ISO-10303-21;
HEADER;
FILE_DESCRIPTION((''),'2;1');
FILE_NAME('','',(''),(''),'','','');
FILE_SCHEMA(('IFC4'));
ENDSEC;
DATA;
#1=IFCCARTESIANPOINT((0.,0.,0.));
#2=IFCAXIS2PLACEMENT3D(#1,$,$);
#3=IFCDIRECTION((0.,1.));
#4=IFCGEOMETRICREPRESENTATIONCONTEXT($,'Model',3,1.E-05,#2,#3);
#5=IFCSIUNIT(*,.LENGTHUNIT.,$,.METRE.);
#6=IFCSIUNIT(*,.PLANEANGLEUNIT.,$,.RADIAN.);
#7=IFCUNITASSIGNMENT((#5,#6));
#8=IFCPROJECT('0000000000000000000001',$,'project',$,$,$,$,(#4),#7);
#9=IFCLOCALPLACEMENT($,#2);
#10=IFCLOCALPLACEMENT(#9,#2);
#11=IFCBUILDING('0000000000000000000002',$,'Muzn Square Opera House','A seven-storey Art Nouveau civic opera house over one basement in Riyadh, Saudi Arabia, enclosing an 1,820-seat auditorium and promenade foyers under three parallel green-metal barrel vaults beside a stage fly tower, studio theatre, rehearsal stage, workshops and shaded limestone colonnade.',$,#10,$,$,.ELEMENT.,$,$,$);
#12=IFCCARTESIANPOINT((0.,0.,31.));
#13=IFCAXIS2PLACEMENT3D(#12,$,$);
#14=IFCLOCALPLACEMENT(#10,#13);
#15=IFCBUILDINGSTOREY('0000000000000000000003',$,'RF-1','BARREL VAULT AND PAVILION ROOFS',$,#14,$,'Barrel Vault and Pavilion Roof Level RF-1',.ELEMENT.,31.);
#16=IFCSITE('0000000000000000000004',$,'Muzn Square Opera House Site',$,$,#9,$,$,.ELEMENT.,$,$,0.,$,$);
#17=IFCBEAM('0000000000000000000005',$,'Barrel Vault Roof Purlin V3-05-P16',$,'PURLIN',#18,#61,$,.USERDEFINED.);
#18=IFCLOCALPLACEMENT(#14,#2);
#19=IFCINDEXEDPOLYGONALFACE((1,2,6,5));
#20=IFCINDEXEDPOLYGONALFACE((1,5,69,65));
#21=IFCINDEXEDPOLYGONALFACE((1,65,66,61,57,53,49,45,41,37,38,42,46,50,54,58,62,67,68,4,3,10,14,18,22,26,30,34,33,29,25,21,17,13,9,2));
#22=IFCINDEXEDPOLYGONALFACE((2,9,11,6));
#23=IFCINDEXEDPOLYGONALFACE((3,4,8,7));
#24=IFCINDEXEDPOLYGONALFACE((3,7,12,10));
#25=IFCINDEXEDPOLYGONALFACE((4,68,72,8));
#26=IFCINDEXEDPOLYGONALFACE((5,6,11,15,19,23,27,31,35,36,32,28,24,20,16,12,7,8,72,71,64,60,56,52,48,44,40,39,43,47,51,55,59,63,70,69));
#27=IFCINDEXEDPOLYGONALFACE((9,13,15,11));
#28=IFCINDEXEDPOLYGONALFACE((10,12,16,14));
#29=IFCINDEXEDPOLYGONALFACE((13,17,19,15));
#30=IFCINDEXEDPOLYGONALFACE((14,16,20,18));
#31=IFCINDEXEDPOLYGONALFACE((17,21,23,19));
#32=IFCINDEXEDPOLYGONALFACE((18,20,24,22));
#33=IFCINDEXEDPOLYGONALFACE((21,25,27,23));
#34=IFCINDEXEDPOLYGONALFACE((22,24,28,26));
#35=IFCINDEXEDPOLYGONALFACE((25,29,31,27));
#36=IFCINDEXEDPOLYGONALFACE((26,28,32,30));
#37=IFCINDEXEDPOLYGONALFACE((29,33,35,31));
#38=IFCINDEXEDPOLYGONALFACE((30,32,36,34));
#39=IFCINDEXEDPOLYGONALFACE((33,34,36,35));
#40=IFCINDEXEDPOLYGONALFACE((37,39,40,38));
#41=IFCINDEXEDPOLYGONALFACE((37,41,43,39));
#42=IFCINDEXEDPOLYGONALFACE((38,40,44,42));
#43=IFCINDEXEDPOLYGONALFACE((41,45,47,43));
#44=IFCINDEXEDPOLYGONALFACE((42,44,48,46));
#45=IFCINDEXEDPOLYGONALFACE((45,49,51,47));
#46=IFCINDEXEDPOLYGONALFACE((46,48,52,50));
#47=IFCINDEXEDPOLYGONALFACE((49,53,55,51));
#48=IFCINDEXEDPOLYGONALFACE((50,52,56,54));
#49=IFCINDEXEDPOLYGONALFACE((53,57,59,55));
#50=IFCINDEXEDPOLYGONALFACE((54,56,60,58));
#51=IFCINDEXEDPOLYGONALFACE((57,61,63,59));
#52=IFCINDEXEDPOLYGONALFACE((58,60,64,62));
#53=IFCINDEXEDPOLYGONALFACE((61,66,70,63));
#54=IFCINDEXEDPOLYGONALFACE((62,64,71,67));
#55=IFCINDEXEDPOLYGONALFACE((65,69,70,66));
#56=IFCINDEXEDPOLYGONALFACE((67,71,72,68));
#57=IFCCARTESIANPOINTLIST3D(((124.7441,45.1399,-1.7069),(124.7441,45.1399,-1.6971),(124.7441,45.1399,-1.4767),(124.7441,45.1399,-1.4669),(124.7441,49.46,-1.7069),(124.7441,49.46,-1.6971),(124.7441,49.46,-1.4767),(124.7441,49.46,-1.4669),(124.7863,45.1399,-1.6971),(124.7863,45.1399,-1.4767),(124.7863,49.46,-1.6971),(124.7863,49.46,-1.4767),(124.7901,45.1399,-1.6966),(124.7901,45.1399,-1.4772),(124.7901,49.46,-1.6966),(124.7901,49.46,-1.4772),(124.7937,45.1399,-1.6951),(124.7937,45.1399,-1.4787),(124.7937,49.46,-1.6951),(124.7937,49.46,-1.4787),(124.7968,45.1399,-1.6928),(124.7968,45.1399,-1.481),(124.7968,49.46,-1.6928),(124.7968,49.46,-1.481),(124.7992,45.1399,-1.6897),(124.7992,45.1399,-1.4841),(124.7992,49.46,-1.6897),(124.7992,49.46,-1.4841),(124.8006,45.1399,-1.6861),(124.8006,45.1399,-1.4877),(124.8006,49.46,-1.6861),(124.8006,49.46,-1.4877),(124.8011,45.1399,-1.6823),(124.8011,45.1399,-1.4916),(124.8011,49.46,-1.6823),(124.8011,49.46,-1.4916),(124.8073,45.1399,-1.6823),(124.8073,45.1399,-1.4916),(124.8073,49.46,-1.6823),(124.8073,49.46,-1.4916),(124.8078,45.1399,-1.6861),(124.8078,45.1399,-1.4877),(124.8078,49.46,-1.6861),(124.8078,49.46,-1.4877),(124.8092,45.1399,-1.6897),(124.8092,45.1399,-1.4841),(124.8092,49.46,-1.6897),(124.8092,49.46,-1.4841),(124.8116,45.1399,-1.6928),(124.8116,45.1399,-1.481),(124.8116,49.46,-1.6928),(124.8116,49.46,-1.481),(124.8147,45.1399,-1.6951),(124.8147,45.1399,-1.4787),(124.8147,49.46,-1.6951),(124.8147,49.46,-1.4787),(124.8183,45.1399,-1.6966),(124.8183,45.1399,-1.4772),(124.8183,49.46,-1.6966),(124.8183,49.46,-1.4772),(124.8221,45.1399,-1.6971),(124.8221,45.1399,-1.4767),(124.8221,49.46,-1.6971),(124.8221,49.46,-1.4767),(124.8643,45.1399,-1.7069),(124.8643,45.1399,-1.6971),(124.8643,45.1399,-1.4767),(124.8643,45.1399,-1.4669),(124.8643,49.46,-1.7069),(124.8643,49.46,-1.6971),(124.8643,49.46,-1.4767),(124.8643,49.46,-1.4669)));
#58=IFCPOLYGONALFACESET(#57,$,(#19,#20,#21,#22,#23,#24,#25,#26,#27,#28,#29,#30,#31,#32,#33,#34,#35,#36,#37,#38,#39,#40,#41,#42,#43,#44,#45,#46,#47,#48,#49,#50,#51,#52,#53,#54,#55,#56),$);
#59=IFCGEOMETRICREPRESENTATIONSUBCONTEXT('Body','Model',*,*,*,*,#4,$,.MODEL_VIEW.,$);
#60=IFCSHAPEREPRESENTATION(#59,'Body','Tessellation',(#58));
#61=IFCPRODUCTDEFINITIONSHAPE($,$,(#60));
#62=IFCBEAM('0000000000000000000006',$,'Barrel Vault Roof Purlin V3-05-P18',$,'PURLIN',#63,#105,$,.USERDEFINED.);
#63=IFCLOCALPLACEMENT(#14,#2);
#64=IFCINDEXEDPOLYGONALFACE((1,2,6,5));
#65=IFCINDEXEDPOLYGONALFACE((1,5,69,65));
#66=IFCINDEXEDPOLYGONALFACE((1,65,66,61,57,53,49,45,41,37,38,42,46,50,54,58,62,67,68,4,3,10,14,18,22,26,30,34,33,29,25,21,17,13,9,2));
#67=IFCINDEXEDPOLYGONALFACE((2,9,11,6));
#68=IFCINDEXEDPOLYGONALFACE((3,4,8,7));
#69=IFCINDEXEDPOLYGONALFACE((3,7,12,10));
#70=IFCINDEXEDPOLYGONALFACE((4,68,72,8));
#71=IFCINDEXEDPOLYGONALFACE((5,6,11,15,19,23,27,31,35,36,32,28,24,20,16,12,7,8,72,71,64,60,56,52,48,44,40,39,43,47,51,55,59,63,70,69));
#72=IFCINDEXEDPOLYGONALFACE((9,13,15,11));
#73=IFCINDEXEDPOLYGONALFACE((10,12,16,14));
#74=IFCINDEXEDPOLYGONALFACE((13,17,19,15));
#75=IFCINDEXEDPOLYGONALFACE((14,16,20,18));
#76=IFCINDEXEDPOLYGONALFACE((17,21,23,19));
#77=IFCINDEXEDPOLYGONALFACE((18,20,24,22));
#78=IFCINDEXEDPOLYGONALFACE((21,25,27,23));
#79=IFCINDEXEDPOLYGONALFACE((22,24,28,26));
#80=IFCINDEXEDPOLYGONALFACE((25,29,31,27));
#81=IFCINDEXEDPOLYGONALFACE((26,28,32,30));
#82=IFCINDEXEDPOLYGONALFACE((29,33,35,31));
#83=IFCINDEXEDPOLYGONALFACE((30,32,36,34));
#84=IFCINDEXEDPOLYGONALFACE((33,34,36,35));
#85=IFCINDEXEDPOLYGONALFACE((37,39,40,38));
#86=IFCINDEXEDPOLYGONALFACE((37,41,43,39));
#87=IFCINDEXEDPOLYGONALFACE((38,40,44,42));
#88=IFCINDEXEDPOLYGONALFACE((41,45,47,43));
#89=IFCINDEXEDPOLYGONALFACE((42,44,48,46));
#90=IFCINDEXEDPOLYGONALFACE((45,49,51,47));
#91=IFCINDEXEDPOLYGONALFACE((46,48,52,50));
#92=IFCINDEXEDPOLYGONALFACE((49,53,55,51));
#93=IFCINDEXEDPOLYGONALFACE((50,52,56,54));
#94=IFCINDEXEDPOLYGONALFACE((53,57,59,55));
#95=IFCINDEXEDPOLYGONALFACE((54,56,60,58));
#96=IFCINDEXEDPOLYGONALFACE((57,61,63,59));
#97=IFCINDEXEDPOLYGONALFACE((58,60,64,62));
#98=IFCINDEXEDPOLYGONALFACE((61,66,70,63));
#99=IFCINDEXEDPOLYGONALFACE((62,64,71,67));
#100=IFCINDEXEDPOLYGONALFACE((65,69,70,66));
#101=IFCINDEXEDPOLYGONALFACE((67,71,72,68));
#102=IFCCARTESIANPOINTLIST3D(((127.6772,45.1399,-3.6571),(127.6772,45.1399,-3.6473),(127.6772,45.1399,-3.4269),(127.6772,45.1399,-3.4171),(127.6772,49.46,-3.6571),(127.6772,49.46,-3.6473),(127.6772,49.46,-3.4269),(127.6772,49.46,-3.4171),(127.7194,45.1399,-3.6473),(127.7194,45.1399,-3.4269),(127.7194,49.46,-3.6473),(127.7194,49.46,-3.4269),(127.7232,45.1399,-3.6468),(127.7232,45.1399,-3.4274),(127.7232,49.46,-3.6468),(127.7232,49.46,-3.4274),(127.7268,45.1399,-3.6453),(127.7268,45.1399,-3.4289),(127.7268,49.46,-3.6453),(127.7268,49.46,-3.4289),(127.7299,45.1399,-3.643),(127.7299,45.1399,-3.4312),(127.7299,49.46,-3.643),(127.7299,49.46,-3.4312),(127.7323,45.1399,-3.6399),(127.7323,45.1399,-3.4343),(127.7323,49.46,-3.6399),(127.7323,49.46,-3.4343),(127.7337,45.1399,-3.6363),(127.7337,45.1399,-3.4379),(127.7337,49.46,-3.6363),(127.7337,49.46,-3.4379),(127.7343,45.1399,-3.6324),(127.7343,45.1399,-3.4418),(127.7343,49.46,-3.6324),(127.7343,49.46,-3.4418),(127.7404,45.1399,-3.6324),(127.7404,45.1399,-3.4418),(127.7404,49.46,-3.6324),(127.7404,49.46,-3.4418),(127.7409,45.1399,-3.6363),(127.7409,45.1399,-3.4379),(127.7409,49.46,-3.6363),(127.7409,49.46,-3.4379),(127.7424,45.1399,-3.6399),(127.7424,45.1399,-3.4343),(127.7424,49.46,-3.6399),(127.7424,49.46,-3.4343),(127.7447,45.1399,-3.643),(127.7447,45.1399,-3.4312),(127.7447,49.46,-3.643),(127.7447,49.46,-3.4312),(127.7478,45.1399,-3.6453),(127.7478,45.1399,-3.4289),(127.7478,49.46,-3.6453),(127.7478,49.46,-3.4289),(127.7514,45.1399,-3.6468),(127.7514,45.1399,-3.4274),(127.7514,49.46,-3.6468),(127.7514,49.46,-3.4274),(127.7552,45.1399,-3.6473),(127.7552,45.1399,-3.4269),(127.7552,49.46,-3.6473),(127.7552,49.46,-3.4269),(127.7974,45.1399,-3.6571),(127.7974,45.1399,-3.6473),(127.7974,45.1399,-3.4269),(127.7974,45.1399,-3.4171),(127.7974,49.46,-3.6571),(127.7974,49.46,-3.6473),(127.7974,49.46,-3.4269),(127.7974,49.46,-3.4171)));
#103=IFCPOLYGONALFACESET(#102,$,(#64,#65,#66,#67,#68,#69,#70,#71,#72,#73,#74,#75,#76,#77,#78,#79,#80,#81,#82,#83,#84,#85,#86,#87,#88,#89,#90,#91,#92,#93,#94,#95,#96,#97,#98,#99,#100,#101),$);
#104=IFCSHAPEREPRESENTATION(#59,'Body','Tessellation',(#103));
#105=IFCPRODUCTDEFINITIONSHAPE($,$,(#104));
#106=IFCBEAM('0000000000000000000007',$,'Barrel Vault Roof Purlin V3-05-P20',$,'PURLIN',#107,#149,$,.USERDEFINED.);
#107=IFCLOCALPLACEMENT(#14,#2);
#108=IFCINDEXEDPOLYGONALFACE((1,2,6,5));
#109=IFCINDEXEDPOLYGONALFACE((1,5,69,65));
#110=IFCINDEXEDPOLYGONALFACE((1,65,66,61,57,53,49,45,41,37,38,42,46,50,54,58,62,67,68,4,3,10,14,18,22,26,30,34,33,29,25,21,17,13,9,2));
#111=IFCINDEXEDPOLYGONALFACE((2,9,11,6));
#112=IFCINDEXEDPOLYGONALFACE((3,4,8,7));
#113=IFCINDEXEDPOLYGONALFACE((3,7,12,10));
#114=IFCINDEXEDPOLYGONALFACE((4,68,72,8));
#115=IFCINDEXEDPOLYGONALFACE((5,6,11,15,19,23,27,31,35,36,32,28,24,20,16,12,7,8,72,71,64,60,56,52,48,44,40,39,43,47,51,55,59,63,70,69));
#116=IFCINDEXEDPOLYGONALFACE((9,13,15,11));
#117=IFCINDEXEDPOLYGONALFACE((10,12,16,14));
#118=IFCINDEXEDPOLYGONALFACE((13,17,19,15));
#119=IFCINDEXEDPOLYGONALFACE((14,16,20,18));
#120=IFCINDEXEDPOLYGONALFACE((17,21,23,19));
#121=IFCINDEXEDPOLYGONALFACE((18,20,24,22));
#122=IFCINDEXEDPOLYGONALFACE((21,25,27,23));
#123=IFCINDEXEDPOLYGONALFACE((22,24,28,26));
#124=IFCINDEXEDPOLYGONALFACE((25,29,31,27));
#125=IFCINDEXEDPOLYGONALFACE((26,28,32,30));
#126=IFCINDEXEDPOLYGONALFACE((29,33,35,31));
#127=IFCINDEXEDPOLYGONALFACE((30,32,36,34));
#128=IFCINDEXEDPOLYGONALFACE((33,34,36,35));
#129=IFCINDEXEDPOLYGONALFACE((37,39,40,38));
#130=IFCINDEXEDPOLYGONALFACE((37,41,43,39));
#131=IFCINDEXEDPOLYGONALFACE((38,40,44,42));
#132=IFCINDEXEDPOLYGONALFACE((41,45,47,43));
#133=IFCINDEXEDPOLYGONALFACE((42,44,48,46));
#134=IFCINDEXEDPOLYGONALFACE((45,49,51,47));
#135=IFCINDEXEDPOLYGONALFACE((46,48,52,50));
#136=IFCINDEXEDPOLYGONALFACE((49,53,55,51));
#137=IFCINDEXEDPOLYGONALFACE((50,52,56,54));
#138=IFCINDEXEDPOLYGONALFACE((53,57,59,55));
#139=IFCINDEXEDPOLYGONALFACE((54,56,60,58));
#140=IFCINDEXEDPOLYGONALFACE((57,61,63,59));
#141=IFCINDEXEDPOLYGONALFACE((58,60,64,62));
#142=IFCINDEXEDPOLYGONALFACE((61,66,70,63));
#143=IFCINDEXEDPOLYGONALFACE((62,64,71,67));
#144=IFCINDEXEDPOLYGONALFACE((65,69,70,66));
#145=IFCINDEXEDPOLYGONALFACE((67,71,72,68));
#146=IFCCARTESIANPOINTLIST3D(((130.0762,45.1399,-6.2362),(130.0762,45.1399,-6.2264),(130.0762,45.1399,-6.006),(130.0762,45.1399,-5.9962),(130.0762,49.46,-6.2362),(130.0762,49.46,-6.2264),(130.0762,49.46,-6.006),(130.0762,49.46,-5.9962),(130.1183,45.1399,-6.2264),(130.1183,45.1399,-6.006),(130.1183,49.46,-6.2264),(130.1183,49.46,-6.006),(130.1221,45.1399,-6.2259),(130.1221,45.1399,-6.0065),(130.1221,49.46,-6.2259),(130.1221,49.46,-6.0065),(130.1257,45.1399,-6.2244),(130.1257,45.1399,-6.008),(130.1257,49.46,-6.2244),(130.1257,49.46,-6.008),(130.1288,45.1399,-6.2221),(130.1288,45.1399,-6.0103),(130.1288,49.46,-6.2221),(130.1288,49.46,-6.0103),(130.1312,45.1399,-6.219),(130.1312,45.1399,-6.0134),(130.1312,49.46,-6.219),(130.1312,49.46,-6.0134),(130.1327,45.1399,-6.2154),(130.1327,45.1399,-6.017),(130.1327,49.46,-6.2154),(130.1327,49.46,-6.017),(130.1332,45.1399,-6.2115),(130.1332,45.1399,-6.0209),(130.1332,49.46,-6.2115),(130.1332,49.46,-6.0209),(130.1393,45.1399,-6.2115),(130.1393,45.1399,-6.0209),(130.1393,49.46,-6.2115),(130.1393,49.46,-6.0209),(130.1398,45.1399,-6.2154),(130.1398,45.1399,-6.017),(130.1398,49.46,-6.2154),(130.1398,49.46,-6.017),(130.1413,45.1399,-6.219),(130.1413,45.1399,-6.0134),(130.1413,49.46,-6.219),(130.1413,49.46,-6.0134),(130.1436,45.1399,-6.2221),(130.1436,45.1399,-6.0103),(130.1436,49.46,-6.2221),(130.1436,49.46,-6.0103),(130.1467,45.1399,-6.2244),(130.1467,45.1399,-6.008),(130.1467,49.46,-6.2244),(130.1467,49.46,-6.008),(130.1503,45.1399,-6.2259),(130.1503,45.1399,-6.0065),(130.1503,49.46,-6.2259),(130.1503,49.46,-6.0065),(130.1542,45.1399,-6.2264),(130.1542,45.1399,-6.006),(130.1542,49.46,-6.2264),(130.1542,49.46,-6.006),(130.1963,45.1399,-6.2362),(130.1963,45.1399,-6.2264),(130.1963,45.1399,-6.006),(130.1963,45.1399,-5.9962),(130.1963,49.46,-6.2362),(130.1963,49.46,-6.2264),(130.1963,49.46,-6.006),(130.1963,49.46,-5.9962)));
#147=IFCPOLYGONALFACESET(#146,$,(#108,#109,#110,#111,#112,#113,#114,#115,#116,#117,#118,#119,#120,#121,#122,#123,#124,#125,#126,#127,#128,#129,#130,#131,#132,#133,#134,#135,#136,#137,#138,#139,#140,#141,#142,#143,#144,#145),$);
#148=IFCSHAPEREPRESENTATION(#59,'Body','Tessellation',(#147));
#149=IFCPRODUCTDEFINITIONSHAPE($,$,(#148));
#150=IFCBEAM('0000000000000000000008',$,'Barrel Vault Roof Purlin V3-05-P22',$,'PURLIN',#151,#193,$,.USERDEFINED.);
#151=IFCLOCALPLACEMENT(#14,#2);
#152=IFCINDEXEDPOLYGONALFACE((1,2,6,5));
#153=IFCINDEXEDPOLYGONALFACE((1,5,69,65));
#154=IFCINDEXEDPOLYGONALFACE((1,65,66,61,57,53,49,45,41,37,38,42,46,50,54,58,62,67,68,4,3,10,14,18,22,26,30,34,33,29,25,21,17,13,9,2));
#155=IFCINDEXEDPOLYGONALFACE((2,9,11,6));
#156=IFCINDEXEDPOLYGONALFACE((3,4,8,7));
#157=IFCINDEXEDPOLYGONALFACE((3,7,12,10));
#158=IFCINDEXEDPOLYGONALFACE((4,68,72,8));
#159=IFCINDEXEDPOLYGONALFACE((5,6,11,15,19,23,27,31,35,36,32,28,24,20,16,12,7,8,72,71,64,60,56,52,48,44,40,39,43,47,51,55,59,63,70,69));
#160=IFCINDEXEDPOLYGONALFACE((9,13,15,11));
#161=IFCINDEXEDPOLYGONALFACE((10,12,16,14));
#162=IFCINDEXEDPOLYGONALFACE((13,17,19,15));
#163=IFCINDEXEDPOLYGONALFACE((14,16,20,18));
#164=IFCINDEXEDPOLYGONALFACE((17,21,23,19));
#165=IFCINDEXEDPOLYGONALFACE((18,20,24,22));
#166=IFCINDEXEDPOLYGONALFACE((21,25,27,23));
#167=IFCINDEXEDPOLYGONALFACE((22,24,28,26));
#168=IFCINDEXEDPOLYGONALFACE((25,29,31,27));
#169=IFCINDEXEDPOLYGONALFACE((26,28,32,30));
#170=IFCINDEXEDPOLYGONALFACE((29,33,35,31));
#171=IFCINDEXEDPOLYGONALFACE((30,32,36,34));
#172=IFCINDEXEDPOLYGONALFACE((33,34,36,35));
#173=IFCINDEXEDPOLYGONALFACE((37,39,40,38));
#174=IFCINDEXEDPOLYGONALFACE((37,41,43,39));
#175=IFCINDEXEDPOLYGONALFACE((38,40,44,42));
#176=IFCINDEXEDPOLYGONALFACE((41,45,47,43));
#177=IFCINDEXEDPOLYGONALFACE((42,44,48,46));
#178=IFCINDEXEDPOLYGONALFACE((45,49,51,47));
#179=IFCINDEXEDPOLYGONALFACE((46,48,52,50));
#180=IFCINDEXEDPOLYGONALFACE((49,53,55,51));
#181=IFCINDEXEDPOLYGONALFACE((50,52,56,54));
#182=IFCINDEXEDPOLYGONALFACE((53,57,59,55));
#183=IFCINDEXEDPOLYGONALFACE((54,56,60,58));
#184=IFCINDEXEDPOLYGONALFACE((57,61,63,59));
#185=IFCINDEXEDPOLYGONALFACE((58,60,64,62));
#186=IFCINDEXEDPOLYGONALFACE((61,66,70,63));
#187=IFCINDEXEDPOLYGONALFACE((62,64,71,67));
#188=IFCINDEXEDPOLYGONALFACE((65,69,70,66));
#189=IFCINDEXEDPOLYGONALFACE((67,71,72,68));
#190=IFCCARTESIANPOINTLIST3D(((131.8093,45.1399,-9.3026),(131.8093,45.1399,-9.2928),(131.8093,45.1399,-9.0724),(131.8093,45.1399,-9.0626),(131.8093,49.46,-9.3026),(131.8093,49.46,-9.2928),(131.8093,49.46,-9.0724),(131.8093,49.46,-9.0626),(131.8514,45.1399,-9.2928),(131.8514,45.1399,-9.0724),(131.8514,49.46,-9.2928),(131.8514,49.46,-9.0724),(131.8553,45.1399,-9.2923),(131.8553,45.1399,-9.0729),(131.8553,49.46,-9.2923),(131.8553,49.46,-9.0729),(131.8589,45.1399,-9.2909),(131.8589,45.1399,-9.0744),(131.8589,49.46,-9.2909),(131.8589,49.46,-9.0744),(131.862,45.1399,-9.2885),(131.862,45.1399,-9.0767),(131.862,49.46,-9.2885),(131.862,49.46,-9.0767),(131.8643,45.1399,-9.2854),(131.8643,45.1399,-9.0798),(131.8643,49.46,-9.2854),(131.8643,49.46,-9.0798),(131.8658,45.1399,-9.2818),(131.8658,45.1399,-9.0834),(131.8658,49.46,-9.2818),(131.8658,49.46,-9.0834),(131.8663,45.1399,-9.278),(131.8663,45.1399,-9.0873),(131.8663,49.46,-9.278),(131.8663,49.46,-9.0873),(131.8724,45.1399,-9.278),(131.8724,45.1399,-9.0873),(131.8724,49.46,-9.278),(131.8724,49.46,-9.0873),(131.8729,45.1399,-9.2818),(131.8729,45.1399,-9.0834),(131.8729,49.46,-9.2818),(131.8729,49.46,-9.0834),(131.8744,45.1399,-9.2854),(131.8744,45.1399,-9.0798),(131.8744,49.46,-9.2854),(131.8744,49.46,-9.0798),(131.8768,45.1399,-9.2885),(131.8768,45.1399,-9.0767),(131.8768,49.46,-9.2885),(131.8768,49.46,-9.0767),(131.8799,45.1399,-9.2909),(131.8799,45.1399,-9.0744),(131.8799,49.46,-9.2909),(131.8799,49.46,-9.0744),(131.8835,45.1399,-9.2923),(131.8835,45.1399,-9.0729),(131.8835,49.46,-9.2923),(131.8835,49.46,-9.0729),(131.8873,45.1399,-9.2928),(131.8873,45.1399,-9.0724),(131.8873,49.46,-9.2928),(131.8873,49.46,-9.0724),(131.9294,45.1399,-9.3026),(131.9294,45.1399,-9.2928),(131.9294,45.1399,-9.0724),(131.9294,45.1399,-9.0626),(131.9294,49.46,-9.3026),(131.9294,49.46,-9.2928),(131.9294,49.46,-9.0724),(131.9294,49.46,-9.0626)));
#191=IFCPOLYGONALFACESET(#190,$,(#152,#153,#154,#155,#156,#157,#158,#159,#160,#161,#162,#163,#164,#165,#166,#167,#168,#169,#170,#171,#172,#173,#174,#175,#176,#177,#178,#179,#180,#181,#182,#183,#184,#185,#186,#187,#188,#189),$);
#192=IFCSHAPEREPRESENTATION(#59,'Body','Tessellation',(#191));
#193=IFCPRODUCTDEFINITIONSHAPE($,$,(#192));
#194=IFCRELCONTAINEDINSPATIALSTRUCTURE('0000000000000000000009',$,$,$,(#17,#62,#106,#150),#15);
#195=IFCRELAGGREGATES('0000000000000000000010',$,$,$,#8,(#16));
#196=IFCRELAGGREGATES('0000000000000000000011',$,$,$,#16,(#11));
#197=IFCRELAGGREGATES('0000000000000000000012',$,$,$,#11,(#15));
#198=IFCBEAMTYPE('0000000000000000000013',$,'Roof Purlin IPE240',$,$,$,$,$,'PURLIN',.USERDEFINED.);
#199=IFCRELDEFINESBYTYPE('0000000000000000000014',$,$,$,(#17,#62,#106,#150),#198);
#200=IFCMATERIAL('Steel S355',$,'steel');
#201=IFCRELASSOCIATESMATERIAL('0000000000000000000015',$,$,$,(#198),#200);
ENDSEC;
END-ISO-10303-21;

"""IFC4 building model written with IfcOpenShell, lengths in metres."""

from ifc_helpers import new_model, si_unit, direction, frame, origin, origin_2d, place, context, subcontext, project, spatial, i_section, extrude, material, material_profile, profile_set, type_object, element, save


model = new_model("IFC4")

# Units and contexts
model_context = context("Model", 3, precision=1e-05, world=origin(), true_north=direction((0.0, 1.0)))
body_context = subcontext(model_context, "Body", "Model", "MODEL_VIEW")
ifc_project = project(units=[si_unit("LENGTHUNIT", "METRE"), si_unit("PLANEANGLEUNIT", "RADIAN")], contexts=[model_context])

# Site, building, storey
site_placement = place(None, origin())
site = spatial("IfcSite", under=ifc_project, at=site_placement, Name="Muzn Square Opera House Site", CompositionType="ELEMENT", RefElevation=0.0)
building_placement = place(site_placement, origin())
building = spatial("IfcBuilding", under=site, at=building_placement, Name="Muzn Square Opera House", Description="A seven-storey Art Nouveau civic opera house over one basement in Riyadh, Saudi Arabia, enclosing an 1,820-seat auditorium and promenade foyers under three parallel green-metal barrel vaults beside a stage fly tower, studio theatre, rehearsal stage, workshops and shaded limestone colonnade.", CompositionType="ELEMENT")
storey_placement = place(building_placement, frame((0.0, 0.0, 31.0)))
storey = spatial("IfcBuildingStorey", under=building, at=storey_placement, Name="RF-1", Description="BARREL VAULT AND PAVILION ROOFS", LongName="Barrel Vault and Pavilion Roof Level RF-1", CompositionType="ELEMENT", Elevation=31.0)

# Beams
ifc_material_1 = material(Name="Steel S355", Category="steel")
ifc_material_profile_1 = material_profile(ifc_material_1, i_section(OverallWidth=0.1201, OverallDepth=0.24, WebThickness=0.0061, FlangeThickness=0.0098, FilletRadius=0.0149, at=origin_2d()), Name="IPE 240", Category="steel")
ifc_profile_set_1 = profile_set([ifc_material_profile_1], Name="Steel S355")
beam_type_1 = type_object("IfcBeamType", Name="Roof Purlin IPE240", ElementType="PURLIN", PredefinedType="USERDEFINED", material=ifc_profile_set_1)
for number, where, z_axis, x_axis, name in (
    (1, (124.8042, 45.1399, -1.5869), (0.0, 1.0, 0.0), (-1.0, 0.0, 0.0), "Barrel Vault Roof Purlin V3-05-P16"),
    (2, (127.7373, 45.1399, -3.5371), (0.0, 1.0, 0.0), (-1.0, 0.0, 0.0), "Barrel Vault Roof Purlin V3-05-P18"),
    (3, (130.1362, 45.1399, -6.1162), (0.0, 1.0, 0.0), (-1.0, 0.0, 0.0), "Barrel Vault Roof Purlin V3-05-P20"),
    (4, (131.8694, 45.1399, -9.1826), (0.0, 1.0, 0.0), (-1.0, 0.0, 0.0), "Barrel Vault Roof Purlin V3-05-P22"),
):
    element("IfcBeam", number, at=place(storey_placement, frame(where, z_axis=z_axis, x_axis=x_axis)), inside=storey, type_object=beam_type_1, Name=name, ObjectType="PURLIN", PredefinedType="USERDEFINED", context=body_context, shape_type="SweptSolid", body=[
        extrude(i_section(OverallWidth=0.1201, OverallDepth=0.24, WebThickness=0.0061, FlangeThickness=0.0098, FilletRadius=0.0149, at=origin_2d()), origin(), (0.0, 0.0, 1.0), 4.3201),
    ])

save(model, "model.ifc")
